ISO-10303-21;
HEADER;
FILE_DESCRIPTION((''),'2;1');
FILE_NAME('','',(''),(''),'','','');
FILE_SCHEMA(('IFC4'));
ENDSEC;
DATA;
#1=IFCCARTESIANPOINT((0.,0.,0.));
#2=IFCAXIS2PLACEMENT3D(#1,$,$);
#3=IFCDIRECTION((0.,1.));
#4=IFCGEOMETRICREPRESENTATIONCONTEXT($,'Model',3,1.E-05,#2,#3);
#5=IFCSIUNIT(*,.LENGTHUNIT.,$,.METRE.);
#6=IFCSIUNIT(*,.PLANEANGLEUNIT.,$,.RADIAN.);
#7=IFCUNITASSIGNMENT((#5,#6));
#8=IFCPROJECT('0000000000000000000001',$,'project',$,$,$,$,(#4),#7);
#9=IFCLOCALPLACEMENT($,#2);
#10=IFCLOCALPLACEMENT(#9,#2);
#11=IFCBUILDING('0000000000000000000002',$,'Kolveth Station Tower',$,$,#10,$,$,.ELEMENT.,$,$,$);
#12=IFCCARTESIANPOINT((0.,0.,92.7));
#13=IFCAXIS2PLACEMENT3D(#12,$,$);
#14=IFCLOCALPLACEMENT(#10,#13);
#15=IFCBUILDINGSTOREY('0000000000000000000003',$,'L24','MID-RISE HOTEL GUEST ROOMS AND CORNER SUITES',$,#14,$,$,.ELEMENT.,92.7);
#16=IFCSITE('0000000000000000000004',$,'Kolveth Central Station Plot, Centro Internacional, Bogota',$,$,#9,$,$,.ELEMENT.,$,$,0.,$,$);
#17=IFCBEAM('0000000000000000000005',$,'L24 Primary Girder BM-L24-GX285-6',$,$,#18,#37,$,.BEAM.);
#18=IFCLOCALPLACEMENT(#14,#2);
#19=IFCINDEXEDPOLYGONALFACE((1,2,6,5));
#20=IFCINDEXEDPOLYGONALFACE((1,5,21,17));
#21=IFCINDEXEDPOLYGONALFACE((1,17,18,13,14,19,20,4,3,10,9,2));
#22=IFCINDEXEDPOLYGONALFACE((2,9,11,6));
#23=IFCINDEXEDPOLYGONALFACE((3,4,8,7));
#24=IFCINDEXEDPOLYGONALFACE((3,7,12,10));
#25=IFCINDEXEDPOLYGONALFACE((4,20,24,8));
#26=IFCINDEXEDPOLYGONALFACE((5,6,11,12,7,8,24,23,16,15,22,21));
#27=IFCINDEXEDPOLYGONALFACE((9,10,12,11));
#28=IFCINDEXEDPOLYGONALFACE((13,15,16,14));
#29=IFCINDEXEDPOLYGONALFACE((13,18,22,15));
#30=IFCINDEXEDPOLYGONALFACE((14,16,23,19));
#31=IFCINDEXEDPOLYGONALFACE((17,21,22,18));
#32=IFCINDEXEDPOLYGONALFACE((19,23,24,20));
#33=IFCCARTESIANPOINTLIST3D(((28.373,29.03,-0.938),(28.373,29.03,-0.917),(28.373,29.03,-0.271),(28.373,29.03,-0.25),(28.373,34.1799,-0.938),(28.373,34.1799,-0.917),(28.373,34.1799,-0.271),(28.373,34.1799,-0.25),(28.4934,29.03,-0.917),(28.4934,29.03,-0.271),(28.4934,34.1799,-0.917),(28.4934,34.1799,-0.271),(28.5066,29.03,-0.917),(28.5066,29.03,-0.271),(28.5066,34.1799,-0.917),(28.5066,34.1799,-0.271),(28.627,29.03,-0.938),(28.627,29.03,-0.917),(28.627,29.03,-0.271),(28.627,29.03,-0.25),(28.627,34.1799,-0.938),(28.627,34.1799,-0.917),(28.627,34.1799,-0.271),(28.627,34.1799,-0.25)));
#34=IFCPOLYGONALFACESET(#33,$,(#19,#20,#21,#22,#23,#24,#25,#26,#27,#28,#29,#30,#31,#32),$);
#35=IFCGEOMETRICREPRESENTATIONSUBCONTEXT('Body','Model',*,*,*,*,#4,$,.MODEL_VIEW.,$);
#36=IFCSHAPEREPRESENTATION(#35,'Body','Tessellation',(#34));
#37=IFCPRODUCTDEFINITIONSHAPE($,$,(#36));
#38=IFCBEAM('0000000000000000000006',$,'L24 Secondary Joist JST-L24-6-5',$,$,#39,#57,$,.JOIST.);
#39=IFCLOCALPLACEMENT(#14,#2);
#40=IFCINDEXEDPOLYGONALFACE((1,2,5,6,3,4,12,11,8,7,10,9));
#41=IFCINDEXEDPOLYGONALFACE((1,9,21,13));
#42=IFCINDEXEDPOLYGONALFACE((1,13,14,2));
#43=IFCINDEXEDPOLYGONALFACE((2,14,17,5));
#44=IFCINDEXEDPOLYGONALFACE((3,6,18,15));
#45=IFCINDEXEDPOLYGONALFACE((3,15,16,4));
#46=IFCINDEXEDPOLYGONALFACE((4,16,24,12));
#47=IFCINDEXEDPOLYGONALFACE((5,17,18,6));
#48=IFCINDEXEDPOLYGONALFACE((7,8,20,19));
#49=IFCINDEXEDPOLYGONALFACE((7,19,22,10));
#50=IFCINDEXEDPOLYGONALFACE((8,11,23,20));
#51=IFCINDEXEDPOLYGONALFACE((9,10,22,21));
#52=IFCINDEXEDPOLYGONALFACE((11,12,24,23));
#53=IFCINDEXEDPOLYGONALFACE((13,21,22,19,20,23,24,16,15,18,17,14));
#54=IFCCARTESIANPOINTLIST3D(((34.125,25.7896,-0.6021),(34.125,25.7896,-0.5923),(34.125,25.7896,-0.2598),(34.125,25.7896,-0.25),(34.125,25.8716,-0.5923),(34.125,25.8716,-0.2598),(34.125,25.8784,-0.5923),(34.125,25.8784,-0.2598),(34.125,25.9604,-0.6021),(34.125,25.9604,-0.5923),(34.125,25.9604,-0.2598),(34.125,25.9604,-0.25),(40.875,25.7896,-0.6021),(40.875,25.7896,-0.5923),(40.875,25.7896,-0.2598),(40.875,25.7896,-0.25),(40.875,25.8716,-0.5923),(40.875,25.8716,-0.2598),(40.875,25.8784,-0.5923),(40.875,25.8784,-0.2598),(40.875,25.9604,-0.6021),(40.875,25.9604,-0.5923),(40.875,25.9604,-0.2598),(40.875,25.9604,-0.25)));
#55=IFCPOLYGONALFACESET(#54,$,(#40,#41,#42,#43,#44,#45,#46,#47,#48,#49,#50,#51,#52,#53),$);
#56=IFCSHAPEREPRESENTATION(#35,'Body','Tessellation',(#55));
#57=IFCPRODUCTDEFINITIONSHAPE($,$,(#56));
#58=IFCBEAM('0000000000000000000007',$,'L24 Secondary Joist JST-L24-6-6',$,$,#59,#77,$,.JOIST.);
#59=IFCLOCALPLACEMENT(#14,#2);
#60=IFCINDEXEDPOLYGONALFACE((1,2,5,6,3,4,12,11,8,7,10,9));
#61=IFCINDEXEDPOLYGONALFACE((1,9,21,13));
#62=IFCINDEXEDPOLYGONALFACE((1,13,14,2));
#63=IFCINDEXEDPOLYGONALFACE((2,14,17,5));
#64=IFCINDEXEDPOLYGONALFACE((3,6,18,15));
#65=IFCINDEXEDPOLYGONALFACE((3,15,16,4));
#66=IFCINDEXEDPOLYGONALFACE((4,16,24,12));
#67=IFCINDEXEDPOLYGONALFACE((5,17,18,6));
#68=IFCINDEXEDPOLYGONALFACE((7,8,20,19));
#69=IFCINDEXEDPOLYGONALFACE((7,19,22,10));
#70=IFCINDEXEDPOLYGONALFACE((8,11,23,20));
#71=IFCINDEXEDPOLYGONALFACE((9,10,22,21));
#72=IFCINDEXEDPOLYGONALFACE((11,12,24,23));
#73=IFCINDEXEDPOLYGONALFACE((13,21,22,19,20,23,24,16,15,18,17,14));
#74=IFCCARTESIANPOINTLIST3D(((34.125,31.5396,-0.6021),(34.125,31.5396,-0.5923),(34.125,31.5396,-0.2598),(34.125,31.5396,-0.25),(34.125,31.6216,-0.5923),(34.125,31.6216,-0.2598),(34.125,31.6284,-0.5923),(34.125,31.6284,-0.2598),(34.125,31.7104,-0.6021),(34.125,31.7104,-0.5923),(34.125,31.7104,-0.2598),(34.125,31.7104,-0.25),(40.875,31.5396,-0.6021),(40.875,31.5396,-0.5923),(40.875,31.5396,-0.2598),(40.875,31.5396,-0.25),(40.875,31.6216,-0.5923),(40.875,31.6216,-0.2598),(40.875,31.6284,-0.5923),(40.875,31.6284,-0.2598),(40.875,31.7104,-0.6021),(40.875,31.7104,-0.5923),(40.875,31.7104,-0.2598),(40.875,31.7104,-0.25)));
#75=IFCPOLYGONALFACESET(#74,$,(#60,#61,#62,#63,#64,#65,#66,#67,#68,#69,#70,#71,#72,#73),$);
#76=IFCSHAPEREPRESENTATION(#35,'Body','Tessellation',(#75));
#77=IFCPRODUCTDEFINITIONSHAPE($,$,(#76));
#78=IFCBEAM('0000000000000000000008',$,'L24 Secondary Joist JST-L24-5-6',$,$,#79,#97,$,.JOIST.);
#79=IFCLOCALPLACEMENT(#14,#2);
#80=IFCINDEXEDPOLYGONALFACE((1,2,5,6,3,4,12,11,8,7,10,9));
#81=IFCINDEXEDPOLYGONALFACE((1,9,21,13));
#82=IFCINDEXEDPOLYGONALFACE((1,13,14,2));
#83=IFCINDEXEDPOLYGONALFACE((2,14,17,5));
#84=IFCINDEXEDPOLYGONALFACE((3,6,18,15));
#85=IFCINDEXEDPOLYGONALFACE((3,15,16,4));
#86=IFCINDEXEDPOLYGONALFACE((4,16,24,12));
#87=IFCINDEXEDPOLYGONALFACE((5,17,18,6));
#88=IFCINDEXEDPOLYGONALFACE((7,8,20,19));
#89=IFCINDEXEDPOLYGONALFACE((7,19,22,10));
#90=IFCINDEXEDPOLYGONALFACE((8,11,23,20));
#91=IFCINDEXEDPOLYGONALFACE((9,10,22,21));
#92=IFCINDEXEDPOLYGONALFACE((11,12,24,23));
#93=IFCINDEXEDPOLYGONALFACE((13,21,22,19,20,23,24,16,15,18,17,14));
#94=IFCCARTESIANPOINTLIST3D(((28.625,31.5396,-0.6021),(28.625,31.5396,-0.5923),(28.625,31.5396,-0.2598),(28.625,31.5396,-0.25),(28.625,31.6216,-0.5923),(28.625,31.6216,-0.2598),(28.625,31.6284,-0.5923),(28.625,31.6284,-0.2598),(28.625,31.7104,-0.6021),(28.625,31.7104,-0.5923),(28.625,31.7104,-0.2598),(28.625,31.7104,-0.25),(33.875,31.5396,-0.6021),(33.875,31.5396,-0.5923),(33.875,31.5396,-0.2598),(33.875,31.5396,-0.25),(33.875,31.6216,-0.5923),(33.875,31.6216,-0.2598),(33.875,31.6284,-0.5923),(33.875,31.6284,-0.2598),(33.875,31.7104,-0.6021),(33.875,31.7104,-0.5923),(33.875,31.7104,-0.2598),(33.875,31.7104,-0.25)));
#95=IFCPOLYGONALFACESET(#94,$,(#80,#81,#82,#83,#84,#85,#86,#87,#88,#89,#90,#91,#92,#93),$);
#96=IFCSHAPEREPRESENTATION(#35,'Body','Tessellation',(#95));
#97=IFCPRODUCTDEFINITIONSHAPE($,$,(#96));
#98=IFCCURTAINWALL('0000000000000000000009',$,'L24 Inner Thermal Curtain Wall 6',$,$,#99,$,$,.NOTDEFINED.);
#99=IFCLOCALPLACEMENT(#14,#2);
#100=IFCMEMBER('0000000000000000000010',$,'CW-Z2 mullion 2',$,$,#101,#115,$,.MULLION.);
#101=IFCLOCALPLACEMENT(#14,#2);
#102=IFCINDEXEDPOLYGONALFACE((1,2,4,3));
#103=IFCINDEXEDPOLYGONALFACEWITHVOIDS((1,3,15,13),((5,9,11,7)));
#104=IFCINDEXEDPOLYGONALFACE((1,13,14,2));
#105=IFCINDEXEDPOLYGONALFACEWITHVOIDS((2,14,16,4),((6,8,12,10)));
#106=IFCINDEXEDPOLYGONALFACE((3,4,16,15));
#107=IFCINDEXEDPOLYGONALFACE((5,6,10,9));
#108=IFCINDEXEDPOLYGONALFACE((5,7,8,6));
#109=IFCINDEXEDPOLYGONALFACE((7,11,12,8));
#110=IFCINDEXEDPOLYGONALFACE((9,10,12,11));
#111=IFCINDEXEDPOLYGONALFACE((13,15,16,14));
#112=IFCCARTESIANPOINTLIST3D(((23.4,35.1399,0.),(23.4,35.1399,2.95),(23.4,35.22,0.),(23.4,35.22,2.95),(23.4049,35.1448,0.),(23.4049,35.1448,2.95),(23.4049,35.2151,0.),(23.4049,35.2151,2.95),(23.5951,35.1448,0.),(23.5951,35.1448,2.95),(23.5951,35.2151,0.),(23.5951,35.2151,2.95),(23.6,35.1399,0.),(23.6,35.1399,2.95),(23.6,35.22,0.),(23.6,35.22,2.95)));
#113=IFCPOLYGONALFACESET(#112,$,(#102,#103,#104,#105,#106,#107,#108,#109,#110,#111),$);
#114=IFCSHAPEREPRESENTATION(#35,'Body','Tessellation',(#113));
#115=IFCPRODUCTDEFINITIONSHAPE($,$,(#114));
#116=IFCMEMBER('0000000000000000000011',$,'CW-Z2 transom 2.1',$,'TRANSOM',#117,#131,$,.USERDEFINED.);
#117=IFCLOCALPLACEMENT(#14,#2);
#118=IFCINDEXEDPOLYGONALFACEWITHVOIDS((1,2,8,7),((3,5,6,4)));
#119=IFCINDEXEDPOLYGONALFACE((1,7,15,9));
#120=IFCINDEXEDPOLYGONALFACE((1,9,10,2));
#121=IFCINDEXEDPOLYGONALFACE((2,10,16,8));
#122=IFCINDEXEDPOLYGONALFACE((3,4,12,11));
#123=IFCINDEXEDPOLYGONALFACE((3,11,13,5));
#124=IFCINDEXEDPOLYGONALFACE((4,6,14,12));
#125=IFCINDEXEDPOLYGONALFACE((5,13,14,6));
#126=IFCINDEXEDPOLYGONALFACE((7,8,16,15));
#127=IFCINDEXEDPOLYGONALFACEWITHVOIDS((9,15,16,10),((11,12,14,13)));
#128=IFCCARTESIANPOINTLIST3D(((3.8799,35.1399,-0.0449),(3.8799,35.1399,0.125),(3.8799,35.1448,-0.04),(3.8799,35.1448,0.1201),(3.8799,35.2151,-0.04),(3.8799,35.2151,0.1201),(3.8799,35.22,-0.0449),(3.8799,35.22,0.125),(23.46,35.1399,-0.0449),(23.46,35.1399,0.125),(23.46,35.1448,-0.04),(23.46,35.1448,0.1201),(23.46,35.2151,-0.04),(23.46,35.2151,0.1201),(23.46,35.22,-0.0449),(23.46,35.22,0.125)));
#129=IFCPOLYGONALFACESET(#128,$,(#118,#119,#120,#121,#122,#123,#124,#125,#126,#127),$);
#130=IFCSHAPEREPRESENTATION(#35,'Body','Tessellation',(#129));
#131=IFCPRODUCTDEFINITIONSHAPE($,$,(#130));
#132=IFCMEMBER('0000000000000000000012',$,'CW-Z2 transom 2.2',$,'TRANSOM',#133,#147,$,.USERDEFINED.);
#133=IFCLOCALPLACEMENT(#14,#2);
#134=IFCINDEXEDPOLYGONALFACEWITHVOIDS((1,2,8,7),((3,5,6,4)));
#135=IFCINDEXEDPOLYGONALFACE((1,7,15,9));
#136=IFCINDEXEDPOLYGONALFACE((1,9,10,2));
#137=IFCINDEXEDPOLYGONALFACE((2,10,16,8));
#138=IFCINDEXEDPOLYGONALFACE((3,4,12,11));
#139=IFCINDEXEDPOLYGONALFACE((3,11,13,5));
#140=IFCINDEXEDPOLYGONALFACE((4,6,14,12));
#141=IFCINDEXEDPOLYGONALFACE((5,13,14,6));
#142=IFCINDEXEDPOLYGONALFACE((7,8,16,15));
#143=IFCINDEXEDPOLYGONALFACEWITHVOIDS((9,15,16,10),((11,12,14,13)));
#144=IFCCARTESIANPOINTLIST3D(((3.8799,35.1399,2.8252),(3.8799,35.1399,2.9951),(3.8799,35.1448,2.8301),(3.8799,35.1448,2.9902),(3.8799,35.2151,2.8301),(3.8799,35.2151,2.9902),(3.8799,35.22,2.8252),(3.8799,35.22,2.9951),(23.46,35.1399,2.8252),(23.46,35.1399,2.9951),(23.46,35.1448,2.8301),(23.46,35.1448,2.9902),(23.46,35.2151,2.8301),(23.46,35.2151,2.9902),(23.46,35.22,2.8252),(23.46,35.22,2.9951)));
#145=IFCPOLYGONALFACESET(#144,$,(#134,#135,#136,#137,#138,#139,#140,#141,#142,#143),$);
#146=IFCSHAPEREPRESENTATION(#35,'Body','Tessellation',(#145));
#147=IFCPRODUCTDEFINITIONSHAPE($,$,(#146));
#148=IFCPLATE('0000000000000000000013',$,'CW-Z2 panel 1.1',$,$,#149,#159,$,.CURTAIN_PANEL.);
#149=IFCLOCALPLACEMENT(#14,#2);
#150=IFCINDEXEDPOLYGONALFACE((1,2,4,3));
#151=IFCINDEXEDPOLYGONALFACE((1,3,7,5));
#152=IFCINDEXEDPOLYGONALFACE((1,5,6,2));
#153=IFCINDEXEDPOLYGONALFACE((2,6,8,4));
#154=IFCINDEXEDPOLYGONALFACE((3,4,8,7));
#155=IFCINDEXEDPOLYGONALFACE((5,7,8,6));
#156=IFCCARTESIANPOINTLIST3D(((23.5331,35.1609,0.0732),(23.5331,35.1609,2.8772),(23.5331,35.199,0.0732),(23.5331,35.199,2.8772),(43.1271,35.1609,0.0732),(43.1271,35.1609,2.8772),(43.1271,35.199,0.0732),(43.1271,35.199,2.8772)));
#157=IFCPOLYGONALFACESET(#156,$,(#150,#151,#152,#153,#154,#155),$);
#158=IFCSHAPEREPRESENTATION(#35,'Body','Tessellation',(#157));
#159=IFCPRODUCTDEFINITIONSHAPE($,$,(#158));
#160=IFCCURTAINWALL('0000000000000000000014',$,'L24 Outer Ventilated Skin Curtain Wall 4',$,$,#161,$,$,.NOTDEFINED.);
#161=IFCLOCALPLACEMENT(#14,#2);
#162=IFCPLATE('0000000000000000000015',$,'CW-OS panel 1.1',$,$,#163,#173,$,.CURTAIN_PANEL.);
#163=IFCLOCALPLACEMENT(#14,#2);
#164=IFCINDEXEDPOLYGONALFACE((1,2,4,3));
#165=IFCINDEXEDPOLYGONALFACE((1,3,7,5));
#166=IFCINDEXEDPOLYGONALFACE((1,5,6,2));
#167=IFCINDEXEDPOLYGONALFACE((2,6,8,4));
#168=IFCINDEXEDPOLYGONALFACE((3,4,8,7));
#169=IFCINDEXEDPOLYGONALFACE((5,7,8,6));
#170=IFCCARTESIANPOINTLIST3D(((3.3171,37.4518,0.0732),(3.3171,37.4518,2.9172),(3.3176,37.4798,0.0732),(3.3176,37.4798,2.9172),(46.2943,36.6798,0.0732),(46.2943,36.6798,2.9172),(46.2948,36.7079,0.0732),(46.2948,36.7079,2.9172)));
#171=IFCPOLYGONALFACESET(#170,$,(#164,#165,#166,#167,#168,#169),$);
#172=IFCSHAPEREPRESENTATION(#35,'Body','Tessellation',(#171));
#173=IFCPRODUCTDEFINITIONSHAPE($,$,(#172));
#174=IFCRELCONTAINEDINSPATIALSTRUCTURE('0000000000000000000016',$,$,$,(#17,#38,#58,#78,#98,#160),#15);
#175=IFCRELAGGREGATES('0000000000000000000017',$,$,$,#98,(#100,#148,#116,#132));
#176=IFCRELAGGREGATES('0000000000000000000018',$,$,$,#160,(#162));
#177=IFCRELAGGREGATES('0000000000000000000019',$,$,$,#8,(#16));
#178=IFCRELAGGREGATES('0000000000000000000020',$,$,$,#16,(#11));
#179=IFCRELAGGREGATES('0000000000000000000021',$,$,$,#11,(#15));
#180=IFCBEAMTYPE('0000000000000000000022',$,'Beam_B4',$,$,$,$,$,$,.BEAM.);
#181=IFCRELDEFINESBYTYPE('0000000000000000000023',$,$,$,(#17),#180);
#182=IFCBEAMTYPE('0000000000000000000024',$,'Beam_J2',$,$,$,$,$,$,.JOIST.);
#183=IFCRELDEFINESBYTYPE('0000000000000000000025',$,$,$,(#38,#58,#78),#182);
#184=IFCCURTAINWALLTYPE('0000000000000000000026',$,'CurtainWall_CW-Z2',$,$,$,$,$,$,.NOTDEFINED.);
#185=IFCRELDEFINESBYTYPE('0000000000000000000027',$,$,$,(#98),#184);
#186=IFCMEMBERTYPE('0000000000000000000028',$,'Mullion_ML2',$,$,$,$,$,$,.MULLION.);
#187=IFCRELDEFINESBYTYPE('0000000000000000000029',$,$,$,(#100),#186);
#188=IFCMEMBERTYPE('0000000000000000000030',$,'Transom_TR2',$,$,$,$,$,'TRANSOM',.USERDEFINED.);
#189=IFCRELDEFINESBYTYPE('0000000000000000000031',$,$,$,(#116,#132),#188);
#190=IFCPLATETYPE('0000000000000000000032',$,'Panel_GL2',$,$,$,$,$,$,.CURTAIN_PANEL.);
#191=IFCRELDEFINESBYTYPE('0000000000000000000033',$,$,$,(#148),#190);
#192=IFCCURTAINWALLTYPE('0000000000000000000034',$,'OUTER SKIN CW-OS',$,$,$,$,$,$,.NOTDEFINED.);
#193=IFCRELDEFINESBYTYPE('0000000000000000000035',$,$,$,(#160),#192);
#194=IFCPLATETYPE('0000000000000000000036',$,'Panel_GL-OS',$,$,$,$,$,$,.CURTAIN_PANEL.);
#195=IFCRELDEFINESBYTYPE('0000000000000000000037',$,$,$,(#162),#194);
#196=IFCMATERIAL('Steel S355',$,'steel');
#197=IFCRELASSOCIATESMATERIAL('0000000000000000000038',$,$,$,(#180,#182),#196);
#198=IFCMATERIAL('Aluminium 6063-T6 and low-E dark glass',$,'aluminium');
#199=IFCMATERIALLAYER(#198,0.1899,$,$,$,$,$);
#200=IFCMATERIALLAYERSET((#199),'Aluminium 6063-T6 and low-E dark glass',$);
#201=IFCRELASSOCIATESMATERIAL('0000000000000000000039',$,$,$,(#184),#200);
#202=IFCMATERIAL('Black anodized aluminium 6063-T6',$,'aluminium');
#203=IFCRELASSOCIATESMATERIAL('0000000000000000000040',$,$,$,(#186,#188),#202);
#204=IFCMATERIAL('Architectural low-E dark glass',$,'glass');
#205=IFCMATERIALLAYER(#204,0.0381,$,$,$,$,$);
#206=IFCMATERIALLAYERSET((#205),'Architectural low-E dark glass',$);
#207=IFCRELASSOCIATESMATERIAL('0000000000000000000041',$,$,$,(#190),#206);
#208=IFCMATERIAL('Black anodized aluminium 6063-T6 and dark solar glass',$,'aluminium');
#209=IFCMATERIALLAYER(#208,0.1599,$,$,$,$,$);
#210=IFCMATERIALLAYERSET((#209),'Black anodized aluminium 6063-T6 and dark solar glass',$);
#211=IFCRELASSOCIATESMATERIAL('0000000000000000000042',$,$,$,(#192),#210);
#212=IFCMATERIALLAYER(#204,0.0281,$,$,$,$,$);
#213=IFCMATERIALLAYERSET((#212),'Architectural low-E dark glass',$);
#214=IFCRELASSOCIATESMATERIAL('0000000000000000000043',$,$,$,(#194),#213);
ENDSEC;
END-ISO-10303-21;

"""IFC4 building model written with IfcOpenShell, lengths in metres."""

from ifc_helpers import new_model, si_unit, direction, frame, origin, origin_2d, place, context, subcontext, project, spatial, rectangle, hollow_rectangle, i_section, extrude, source, transform, mapped, material, layer, layer_set, material_profile, profile_set, type_object, element, aggregate, save


model = new_model("IFC4")

# Units and contexts
model_context = context("Model", 3, precision=1e-05, world=origin(), true_north=direction((0.0, 1.0)))
body_context = subcontext(model_context, "Body", "Model", "MODEL_VIEW")
ifc_project = project(units=[si_unit("LENGTHUNIT", "METRE"), si_unit("PLANEANGLEUNIT", "RADIAN")], contexts=[model_context])

# Site, building, storey
site_placement = place(None, origin())
site = spatial("IfcSite", under=ifc_project, at=site_placement, Name="Kolveth Central Station Plot, Centro Internacional, Bogota", CompositionType="ELEMENT", RefElevation=0.0)
building_placement = place(site_placement, origin())
building = spatial("IfcBuilding", under=site, at=building_placement, Name="Kolveth Station Tower", CompositionType="ELEMENT")
storey_placement = place(building_placement, frame((0.0, 0.0, 92.7)))
storey = spatial("IfcBuildingStorey", under=building, at=storey_placement, Name="L24", Description="MID-RISE HOTEL GUEST ROOMS AND CORNER SUITES", CompositionType="ELEMENT", Elevation=92.7)

# Shared definitions
ifc_material_1 = material(Name="Steel S355", Category="steel")

# Beams
ifc_material_profile_1 = material_profile(ifc_material_1, i_section(OverallWidth=0.2539, OverallDepth=0.688, WebThickness=0.0132, FlangeThickness=0.021, at=origin_2d()), Name="W690x152")
ifc_profile_set_1 = profile_set([ifc_material_profile_1], Name="Steel S355")
beam_type_1 = type_object("IfcBeamType", Name="Beam_B4", PredefinedType="BEAM", material=ifc_profile_set_1)
shared_shape_1 = source(origin(), body_context, "Body", "SweptSolid", [
    extrude(i_section(OverallWidth=0.2539, OverallDepth=0.688, WebThickness=0.0132, FlangeThickness=0.021, at=origin_2d()), origin(), (0.0, 0.0, 1.0), 5.1499),
])
beam_1_placement = place(storey_placement, frame((28.5, 29.03, -0.594), z_axis=(0.0, 1.0, 0.0), x_axis=(-1.0, 0.0, 0.0)))
element("IfcBeam", 1, at=beam_1_placement, inside=storey, type_object=beam_type_1, Name="L24 Primary Girder BM-L24-GX285-6", PredefinedType="BEAM", context=body_context, shape_type="MappedRepresentation", body=[
    mapped(shared_shape_1, transform((0.0, 0.0, 0.0), x_axis=(1.0, 0.0, 0.0), y_axis=(0.0, 1.0, 0.0), z_axis=(0.0, 0.0, 1.0), scale=1.0)),
])
ifc_material_profile_2 = material_profile(ifc_material_1, i_section(OverallWidth=0.1709, OverallDepth=0.3521, WebThickness=0.0068, FlangeThickness=0.0098, at=origin_2d()), Name="W360x44")
ifc_profile_set_2 = profile_set([ifc_material_profile_2], Name="Steel S355")
beam_type_2 = type_object("IfcBeamType", Name="Beam_J2", PredefinedType="JOIST", material=ifc_profile_set_2)
shared_shape_2 = source(origin(), body_context, "Body", "SweptSolid", [
    extrude(i_section(OverallWidth=0.1709, OverallDepth=0.3521, WebThickness=0.0068, FlangeThickness=0.0098, at=origin_2d()), origin(), (0.0, 0.0, 1.0), 6.75),
])
for number, where, z_axis, x_axis, name in (
    (2, (34.125, 25.875, -0.426), (1.0, 0.0, 0.0), (0.0, 1.0, 0.0), "L24 Secondary Joist JST-L24-6-5"),
    (3, (34.125, 31.625, -0.426), (1.0, 0.0, 0.0), (0.0, 1.0, 0.0), "L24 Secondary Joist JST-L24-6-6"),
):
    element("IfcBeam", number, at=place(storey_placement, frame(where, z_axis=z_axis, x_axis=x_axis)), inside=storey, type_object=beam_type_2, Name=name, PredefinedType="JOIST", context=body_context, shape_type="MappedRepresentation", body=[
        mapped(shared_shape_2, transform((0.0, 0.0, 0.0), x_axis=(1.0, 0.0, 0.0), y_axis=(0.0, 1.0, 0.0), z_axis=(0.0, 0.0, 1.0), scale=1.0)),
    ])
shared_shape_3 = source(origin(), body_context, "Body", "SweptSolid", [
    extrude(i_section(OverallWidth=0.1709, OverallDepth=0.3521, WebThickness=0.0068, FlangeThickness=0.0098, at=origin_2d()), origin(), (0.0, 0.0, 1.0), 5.25),
])
beam_2_placement = place(storey_placement, frame((28.625, 31.625, -0.426), z_axis=(1.0, 0.0, 0.0), x_axis=(0.0, 1.0, 0.0)))
element("IfcBeam", 4, at=beam_2_placement, inside=storey, type_object=beam_type_2, Name="L24 Secondary Joist JST-L24-5-6", PredefinedType="JOIST", context=body_context, shape_type="MappedRepresentation", body=[
    mapped(shared_shape_3, transform((0.0, 0.0, 0.0), x_axis=(1.0, 0.0, 0.0), y_axis=(0.0, 1.0, 0.0), z_axis=(0.0, 0.0, 1.0), scale=1.0)),
])

# Curtain wall, members, plate
ifc_material_2 = material(Name="Aluminium 6063-T6 and low-E dark glass", Category="aluminium")
ifc_layer_1 = layer(ifc_material_2, 0.1899)
ifc_layer_set_1 = layer_set([ifc_layer_1], Name="Aluminium 6063-T6 and low-E dark glass")
curtain_wall_type_1 = type_object("IfcCurtainWallType", Name="CurtainWall_CW-Z2", PredefinedType="NOTDEFINED", material=ifc_layer_set_1)
curtain_wall_1_placement = place(storey_placement, origin())
curtain_wall_1 = element("IfcCurtainWall", 5, at=curtain_wall_1_placement, inside=storey, type_object=curtain_wall_type_1, Name="L24 Inner Thermal Curtain Wall 6", PredefinedType="NOTDEFINED")
ifc_material_3 = material(Name="Black anodized aluminium 6063-T6", Category="aluminium")
ifc_material_profile_3 = material_profile(ifc_material_3, hollow_rectangle(XDim=0.0801, YDim=0.2, WallThickness=0.0049, at=origin_2d()), Name="ALU-80x200x5")
ifc_profile_set_3 = profile_set([ifc_material_profile_3], Name="Black anodized aluminium 6063-T6")
member_type_1 = type_object("IfcMemberType", Name="Mullion_ML2", PredefinedType="MULLION", material=ifc_profile_set_3)
shared_shape_4 = source(origin(), body_context, "Body", "SweptSolid", [
    extrude(hollow_rectangle(XDim=0.0801, YDim=0.2, WallThickness=0.0049, at=origin_2d()), origin(), (0.0, 0.0, 1.0), 2.95),
])
member_1_placement = place(storey_placement, frame((23.5, 35.1799, 0.0), z_axis=(0.0, 0.0, 1.0), x_axis=(0.0, -1.0, 0.0)))
member_1 = element("IfcMember", 6, at=member_1_placement, type_object=member_type_1, Name="CW-Z2 mullion 2", PredefinedType="MULLION", context=body_context, shape_type="MappedRepresentation", body=[
    mapped(shared_shape_4, transform((0.0, 0.0, 0.0), x_axis=(1.0, 0.0, 0.0), y_axis=(0.0, 1.0, 0.0), z_axis=(0.0, 0.0, 1.0), scale=1.0)),
])
ifc_material_profile_4 = material_profile(ifc_material_3, hollow_rectangle(XDim=0.0801, YDim=0.1699, WallThickness=0.0049, at=origin_2d()), Name="ALU-80x170x5")
ifc_profile_set_4 = profile_set([ifc_material_profile_4], Name="Black anodized aluminium 6063-T6")
member_type_2 = type_object("IfcMemberType", Name="Transom_TR2", ElementType="TRANSOM", PredefinedType="USERDEFINED", material=ifc_profile_set_4)
shared_shape_5 = source(origin(), body_context, "Body", "SweptSolid", [
    extrude(hollow_rectangle(XDim=0.0801, YDim=0.1699, WallThickness=0.0049, at=origin_2d()), origin(), (0.0, 0.0, 1.0), 19.5801),
])
member_2_placement = place(storey_placement, frame((23.46, 35.1799, 0.04), z_axis=(-1.0, 0.0, 0.0), x_axis=(0.0, -1.0, 0.0)))
member_2 = element("IfcMember", 7, at=member_2_placement, type_object=member_type_2, Name="CW-Z2 transom 2.1", ObjectType="TRANSOM", PredefinedType="USERDEFINED", context=body_context, shape_type="MappedRepresentation", body=[
    mapped(shared_shape_5, transform((0.0, 0.0, 0.0), x_axis=(1.0, 0.0, 0.0), y_axis=(0.0, 1.0, 0.0), z_axis=(0.0, 0.0, 1.0), scale=1.0)),
])
member_3_placement = place(storey_placement, frame((23.46, 35.1799, 2.9102), z_axis=(-1.0, 0.0, 0.0), x_axis=(0.0, -1.0, 0.0)))
member_3 = element("IfcMember", 8, at=member_3_placement, type_object=member_type_2, Name="CW-Z2 transom 2.2", ObjectType="TRANSOM", PredefinedType="USERDEFINED", context=body_context, shape_type="MappedRepresentation", body=[
    mapped(shared_shape_5, transform((0.0, 0.0, 0.0), x_axis=(1.0, 0.0, 0.0), y_axis=(0.0, 1.0, 0.0), z_axis=(0.0, 0.0, 1.0), scale=1.0)),
])
ifc_material_4 = material(Name="Architectural low-E dark glass", Category="glass")
ifc_layer_2 = layer(ifc_material_4, 0.0381)
ifc_layer_set_2 = layer_set([ifc_layer_2], Name="Architectural low-E dark glass")
plate_type_1 = type_object("IfcPlateType", Name="Panel_GL2", PredefinedType="CURTAIN_PANEL", material=ifc_layer_set_2)
shared_shape_6 = source(origin(), body_context, "Body", "SweptSolid", [
    extrude(rectangle(XDim=19.594, YDim=0.0381, at=origin_2d()), origin(), (0.0, 0.0, 1.0), 2.804),
])
plate_1_placement = place(storey_placement, frame((33.3301, 35.1799, 0.0732), z_axis=(0.0, 0.0, 1.0), x_axis=(-1.0, 0.0, 0.0)))
plate_1 = element("IfcPlate", 9, at=plate_1_placement, type_object=plate_type_1, Name="CW-Z2 panel 1.1", PredefinedType="CURTAIN_PANEL", context=body_context, shape_type="MappedRepresentation", body=[
    mapped(shared_shape_6, transform((0.0, 0.0, 0.0), x_axis=(1.0, 0.0, 0.0), y_axis=(0.0, 1.0, 0.0), z_axis=(0.0, 0.0, 1.0), scale=1.0)),
])
aggregate(curtain_wall_1, [member_1, plate_1, member_2, member_3])

# Curtain wall, plate
ifc_material_5 = material(Name="Black anodized aluminium 6063-T6 and dark solar glass", Category="aluminium")
ifc_layer_3 = layer(ifc_material_5, 0.1599)
ifc_layer_set_3 = layer_set([ifc_layer_3], Name="Black anodized aluminium 6063-T6 and dark solar glass")
curtain_wall_type_2 = type_object("IfcCurtainWallType", Name="OUTER SKIN CW-OS", PredefinedType="NOTDEFINED", material=ifc_layer_set_3)
curtain_wall_2_placement = place(storey_placement, origin())
curtain_wall_2 = element("IfcCurtainWall", 10, at=curtain_wall_2_placement, inside=storey, type_object=curtain_wall_type_2, Name="L24 Outer Ventilated Skin Curtain Wall 4", PredefinedType="NOTDEFINED")
ifc_layer_4 = layer(ifc_material_4, 0.0281)
ifc_layer_set_4 = layer_set([ifc_layer_4], Name="Architectural low-E dark glass")
plate_type_2 = type_object("IfcPlateType", Name="Panel_GL-OS", PredefinedType="CURTAIN_PANEL", material=ifc_layer_set_4)
shared_shape_7 = source(origin(), body_context, "Body", "SweptSolid", [
    extrude(rectangle(XDim=42.9841, YDim=0.0281, at=origin_2d()), origin(), (0.0, 0.0, 1.0), 2.844),
])
plate_2_placement = place(storey_placement, frame((24.8059, 37.0798, 0.0732), z_axis=(0.0, 0.0, 1.0), x_axis=(-0.999839, 0.017958, 0.0)))
plate_2 = element("IfcPlate", 11, at=plate_2_placement, type_object=plate_type_2, Name="CW-OS panel 1.1", PredefinedType="CURTAIN_PANEL", context=body_context, shape_type="MappedRepresentation", body=[
    mapped(shared_shape_7, transform((0.0, 0.0, 0.0), x_axis=(1.0, 0.0, 0.0), y_axis=(0.0, 1.0, 0.0), z_axis=(0.0, 0.0, 1.0), scale=1.0)),
])
aggregate(curtain_wall_2, [plate_2])

save(model, "model.ifc")
